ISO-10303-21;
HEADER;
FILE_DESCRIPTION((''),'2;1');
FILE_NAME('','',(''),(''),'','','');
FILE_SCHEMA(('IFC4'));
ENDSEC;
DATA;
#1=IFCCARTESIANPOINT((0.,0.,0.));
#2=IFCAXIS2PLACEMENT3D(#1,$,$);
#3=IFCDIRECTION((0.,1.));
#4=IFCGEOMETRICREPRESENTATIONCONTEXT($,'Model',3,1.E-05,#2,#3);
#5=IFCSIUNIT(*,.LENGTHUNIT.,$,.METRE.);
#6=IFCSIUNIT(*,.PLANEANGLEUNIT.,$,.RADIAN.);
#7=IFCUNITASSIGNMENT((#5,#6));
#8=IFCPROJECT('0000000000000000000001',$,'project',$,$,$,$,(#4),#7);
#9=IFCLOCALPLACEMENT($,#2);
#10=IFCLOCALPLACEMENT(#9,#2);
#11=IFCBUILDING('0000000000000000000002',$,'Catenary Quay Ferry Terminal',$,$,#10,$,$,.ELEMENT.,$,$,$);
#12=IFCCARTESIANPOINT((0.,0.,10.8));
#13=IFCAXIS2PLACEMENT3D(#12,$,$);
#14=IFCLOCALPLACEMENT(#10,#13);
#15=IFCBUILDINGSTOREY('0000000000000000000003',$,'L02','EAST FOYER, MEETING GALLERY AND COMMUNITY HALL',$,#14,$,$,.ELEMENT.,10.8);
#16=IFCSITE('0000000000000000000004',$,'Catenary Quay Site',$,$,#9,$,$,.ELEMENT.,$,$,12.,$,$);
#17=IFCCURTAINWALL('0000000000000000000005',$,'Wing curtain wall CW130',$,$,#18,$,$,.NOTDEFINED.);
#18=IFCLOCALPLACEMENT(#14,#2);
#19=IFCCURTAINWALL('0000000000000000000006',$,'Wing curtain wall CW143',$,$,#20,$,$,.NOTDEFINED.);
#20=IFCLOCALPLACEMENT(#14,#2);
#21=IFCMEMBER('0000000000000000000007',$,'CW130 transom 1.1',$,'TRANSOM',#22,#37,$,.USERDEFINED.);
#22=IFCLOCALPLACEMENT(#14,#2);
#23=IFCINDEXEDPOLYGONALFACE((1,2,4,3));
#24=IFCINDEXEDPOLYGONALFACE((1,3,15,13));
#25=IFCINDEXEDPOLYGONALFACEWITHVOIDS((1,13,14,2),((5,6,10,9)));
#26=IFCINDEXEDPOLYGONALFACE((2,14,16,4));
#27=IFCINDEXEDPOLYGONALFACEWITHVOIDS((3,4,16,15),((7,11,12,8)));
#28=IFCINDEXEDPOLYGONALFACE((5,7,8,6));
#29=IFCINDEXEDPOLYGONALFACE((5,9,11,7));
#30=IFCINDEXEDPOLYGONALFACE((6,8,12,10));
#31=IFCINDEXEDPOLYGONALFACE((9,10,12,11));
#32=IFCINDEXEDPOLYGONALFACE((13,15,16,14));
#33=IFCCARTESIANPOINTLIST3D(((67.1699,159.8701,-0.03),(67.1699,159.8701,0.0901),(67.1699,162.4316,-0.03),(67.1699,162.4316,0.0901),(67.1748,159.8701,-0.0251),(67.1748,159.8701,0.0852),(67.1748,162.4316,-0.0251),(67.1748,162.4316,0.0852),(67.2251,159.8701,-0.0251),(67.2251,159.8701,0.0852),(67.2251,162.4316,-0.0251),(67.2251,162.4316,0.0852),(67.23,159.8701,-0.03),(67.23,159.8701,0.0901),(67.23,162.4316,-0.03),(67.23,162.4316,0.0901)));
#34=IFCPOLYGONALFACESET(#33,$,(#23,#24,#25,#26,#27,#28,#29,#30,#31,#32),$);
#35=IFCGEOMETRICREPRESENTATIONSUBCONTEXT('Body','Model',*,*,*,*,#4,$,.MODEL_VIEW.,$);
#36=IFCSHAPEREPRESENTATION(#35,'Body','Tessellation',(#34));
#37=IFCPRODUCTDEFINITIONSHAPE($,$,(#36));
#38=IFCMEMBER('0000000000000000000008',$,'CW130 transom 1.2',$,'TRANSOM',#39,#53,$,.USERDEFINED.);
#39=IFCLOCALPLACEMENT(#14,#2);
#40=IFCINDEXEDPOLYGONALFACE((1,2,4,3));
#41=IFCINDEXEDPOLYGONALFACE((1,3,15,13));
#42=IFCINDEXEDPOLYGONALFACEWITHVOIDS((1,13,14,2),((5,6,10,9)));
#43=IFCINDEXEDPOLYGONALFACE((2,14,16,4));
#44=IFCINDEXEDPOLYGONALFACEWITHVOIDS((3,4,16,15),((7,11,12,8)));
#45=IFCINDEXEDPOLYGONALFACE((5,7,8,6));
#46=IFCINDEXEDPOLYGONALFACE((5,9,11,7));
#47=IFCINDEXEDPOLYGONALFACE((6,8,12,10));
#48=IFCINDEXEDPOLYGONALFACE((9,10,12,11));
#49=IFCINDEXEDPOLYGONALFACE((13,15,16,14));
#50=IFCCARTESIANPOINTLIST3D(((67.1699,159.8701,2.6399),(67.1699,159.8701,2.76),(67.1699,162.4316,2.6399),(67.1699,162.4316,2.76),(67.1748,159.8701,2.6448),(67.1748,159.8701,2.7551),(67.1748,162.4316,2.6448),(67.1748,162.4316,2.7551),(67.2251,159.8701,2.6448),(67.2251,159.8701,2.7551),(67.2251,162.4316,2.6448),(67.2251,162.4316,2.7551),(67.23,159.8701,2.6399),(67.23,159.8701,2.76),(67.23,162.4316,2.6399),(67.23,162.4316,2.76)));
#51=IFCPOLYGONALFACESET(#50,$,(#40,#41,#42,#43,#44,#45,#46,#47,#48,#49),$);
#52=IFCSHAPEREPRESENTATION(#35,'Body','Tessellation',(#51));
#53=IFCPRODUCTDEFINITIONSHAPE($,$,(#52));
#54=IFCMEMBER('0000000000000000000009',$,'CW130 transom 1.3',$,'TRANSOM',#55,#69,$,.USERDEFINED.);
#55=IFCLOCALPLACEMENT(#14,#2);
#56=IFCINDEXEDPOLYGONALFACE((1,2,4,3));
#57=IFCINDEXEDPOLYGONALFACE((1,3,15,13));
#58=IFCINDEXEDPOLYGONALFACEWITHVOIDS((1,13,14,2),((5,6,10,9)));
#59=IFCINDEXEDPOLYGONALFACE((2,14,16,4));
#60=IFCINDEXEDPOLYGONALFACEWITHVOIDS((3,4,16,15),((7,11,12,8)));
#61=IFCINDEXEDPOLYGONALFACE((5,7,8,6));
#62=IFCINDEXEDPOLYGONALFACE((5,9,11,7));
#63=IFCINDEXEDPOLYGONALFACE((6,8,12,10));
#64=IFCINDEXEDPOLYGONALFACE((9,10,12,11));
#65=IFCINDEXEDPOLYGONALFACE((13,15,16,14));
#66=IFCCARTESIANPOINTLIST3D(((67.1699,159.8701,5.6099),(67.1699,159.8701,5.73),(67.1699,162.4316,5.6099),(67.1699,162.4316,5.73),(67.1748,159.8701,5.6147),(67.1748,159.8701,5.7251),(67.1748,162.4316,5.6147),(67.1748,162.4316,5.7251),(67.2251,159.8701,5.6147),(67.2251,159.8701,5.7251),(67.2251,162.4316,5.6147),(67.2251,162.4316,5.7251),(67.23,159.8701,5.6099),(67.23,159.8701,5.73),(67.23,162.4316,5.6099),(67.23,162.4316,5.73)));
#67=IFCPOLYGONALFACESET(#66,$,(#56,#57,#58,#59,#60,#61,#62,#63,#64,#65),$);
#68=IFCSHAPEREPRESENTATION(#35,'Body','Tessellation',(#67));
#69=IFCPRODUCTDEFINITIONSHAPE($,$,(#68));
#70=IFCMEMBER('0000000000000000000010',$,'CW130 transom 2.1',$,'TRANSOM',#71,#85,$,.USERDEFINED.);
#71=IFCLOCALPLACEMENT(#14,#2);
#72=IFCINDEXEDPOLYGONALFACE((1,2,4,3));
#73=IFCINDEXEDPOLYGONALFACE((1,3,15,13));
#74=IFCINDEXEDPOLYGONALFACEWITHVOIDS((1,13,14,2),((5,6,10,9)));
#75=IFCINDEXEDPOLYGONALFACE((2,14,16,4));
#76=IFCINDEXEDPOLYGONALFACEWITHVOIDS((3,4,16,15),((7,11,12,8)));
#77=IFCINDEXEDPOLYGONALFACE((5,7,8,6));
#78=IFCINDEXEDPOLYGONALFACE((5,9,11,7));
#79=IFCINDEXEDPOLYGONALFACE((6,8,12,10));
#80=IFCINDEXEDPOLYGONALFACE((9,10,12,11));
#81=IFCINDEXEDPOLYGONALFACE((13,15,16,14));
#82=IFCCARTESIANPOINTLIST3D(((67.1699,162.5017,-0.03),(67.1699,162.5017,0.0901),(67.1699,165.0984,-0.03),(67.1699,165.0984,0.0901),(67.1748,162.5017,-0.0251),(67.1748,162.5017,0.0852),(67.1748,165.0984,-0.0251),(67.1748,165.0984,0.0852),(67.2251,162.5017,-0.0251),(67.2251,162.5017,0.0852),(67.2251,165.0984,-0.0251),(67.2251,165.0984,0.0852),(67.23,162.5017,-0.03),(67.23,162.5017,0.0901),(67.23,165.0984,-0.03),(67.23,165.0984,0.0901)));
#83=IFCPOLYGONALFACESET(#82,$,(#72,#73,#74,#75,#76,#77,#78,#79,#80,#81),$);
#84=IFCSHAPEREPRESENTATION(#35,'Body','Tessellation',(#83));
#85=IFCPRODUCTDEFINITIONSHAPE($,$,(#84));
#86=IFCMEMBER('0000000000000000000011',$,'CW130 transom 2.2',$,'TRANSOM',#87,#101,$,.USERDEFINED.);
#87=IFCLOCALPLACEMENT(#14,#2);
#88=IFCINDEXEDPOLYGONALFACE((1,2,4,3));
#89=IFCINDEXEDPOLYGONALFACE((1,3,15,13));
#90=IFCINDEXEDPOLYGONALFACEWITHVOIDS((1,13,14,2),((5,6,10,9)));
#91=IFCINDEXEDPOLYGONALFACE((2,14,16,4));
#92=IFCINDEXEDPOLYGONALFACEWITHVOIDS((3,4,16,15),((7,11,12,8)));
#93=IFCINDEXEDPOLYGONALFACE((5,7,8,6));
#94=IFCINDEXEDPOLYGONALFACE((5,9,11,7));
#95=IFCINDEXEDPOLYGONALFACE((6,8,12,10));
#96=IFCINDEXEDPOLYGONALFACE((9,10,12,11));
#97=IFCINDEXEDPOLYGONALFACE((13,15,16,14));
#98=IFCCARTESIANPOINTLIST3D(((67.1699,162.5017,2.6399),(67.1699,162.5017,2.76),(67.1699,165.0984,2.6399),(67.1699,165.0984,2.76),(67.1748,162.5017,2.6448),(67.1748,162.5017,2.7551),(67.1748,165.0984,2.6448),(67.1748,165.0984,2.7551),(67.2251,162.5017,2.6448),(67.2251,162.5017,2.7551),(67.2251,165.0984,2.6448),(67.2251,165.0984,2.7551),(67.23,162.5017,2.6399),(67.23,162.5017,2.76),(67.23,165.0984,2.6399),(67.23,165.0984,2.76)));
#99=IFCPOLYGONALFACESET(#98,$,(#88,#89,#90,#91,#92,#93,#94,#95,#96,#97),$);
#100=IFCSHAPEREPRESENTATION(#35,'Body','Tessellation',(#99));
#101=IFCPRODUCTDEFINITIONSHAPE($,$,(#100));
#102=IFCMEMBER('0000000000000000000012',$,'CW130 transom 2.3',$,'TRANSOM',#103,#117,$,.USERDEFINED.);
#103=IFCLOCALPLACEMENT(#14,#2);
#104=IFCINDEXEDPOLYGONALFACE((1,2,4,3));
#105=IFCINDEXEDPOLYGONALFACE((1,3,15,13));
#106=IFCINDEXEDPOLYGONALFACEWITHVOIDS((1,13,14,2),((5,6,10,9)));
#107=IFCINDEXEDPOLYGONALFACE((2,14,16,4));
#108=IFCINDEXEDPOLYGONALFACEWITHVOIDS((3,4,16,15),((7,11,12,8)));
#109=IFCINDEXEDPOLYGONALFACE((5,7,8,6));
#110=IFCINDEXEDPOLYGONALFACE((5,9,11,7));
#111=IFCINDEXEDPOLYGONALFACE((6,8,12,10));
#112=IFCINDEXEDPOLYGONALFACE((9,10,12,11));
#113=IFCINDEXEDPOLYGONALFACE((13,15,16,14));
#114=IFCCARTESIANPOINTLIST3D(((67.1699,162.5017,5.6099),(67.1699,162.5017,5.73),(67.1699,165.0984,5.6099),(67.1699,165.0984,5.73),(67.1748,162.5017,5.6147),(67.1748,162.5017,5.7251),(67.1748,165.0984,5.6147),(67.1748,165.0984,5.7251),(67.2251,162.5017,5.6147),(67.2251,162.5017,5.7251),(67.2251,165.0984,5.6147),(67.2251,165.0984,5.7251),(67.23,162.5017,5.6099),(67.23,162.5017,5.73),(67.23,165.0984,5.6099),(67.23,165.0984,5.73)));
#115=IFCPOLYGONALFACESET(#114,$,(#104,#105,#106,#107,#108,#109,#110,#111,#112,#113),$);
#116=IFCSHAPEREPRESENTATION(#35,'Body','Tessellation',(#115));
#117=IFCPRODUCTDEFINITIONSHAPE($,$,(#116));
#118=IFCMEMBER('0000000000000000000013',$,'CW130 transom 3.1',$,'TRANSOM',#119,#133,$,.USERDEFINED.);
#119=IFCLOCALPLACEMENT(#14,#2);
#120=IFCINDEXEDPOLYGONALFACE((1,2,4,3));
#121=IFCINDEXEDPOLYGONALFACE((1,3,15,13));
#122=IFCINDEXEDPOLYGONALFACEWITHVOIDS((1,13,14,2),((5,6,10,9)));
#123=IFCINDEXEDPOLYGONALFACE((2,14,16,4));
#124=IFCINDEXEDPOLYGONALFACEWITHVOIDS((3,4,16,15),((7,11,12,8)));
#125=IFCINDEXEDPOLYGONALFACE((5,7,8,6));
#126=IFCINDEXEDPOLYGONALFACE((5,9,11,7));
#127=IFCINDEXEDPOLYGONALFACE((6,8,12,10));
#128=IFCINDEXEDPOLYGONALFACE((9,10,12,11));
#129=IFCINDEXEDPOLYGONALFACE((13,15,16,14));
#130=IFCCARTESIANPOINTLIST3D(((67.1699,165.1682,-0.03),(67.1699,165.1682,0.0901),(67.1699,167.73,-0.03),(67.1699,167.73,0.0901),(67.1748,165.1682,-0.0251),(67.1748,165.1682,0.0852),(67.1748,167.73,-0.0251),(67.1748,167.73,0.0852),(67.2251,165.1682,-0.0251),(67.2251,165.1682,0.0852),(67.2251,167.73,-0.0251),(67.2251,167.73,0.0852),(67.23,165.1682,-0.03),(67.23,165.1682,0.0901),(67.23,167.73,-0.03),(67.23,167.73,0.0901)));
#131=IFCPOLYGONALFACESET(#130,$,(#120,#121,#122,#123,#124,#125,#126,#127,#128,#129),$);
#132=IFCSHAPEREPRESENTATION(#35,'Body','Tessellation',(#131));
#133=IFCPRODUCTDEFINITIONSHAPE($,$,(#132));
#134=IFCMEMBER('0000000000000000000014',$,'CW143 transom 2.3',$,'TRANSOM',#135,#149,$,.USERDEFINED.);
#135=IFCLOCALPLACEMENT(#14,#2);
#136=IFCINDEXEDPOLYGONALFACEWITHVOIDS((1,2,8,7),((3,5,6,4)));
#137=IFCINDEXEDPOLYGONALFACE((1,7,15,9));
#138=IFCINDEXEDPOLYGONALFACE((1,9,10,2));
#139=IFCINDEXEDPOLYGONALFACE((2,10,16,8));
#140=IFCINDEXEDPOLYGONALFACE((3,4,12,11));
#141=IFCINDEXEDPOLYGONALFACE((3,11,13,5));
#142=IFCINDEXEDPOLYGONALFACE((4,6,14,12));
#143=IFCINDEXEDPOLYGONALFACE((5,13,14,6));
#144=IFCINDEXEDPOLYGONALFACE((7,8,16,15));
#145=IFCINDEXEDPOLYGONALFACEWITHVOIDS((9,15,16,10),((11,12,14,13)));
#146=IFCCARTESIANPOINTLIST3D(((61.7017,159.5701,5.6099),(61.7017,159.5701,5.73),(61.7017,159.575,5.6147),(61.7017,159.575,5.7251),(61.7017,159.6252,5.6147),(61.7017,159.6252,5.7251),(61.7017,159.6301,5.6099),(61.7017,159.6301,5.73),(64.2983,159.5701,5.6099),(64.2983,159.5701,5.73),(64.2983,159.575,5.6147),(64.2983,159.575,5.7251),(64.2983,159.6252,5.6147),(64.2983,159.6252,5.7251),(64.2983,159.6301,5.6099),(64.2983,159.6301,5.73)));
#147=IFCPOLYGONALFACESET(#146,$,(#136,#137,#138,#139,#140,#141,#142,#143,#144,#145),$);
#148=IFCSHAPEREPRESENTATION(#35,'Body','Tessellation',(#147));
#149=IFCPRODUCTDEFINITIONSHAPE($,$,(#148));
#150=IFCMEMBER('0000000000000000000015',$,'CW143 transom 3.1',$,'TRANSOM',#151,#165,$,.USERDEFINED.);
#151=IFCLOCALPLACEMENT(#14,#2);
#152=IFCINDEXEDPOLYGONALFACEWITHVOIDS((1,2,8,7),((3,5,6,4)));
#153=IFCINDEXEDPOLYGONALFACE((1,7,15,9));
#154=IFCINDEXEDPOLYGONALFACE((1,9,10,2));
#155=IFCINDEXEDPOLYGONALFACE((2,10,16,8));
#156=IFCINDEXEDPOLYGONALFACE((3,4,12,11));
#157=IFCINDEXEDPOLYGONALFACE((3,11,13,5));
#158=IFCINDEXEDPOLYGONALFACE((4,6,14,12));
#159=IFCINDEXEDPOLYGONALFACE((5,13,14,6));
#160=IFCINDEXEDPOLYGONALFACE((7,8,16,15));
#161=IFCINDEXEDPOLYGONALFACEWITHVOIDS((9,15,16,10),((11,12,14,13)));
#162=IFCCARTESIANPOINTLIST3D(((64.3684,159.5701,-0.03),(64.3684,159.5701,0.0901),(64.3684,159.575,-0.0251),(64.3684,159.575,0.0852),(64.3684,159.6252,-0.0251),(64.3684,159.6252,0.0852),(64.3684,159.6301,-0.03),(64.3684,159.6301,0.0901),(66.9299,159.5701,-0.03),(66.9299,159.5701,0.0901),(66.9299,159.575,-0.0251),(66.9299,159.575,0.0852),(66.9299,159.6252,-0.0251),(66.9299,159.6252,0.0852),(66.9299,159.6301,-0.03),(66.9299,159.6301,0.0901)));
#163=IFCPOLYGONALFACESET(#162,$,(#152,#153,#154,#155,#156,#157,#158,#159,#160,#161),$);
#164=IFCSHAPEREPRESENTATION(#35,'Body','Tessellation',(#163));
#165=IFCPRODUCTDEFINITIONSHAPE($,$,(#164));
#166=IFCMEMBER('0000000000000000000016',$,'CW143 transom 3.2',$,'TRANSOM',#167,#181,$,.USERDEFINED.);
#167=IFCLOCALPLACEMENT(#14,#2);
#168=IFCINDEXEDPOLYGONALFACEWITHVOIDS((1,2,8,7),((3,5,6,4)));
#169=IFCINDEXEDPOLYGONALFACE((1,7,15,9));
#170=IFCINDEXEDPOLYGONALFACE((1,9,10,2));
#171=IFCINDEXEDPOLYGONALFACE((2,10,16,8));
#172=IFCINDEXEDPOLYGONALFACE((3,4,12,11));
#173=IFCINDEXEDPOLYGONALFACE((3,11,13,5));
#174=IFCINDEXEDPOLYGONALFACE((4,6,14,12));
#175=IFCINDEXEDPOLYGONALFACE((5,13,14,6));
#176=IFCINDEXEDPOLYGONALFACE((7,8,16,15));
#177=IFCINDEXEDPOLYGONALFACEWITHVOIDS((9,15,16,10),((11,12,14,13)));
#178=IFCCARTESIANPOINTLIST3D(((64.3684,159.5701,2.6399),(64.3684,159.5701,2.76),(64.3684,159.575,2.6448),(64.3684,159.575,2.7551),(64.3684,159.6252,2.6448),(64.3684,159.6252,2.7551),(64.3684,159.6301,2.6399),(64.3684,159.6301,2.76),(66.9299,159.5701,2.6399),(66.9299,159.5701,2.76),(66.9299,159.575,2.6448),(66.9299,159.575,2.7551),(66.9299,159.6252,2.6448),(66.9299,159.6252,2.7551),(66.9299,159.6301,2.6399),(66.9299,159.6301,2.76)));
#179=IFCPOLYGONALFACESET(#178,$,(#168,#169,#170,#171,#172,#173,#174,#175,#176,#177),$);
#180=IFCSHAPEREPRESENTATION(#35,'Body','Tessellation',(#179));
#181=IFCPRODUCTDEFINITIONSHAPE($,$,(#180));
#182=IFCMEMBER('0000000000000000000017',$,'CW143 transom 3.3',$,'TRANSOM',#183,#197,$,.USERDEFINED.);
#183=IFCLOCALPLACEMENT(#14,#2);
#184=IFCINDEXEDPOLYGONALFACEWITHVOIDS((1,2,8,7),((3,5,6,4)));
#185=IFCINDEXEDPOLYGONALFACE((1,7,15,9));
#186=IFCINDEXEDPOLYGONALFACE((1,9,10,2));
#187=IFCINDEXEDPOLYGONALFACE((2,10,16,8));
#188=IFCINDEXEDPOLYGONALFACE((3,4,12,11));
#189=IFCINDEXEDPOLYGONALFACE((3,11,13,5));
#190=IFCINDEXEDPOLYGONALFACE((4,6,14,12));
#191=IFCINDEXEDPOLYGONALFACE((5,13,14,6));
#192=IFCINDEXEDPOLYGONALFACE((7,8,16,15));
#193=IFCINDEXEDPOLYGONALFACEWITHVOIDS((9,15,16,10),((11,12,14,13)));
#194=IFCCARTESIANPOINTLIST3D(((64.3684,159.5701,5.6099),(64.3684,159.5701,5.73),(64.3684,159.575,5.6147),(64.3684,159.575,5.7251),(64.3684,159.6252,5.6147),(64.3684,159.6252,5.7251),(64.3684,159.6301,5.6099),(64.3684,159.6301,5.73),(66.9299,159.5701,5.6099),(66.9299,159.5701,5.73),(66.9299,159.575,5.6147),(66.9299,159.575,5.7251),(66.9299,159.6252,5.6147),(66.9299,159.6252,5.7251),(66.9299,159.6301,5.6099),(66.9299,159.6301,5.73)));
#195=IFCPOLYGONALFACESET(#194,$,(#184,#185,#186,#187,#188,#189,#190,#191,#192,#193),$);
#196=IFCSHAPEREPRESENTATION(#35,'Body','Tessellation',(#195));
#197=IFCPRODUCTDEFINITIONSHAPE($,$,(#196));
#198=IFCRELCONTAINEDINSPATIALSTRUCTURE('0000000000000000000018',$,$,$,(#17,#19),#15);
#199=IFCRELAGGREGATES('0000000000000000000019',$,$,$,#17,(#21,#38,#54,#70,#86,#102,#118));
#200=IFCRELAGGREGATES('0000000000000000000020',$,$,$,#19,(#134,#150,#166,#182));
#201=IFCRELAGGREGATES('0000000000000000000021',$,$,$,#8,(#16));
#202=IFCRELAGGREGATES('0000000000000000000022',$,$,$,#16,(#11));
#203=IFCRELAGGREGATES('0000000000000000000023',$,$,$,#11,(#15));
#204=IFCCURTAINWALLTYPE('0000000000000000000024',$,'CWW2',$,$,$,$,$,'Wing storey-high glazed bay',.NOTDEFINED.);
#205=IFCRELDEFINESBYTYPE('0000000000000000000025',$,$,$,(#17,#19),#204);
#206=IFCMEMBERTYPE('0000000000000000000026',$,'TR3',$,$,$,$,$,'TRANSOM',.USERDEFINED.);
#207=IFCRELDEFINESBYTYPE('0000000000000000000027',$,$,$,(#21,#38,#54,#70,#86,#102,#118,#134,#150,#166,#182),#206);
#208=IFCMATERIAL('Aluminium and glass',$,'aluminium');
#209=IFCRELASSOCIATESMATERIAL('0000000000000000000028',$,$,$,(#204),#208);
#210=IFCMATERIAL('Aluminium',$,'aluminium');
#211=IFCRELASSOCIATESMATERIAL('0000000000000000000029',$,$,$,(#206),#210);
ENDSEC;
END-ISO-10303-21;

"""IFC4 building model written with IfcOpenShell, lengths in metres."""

from ifc_helpers import new_model, si_unit, direction, frame, origin, origin_2d, place, context, subcontext, project, spatial, hollow_rectangle, extrude, material, material_profile, profile_set, type_object, element, aggregate, save


model = new_model("IFC4")

# Units and contexts
model_context = context("Model", 3, precision=1e-05, world=origin(), true_north=direction((0.0, 1.0)))
body_context = subcontext(model_context, "Body", "Model", "MODEL_VIEW")
ifc_project = project(units=[si_unit("LENGTHUNIT", "METRE"), si_unit("PLANEANGLEUNIT", "RADIAN")], contexts=[model_context])

# Site, building, storey
site_placement = place(None, origin())
site = spatial("IfcSite", under=ifc_project, at=site_placement, Name="Catenary Quay Site", CompositionType="ELEMENT", RefElevation=12.0)
building_placement = place(site_placement, origin())
building = spatial("IfcBuilding", under=site, at=building_placement, Name="Catenary Quay Ferry Terminal", CompositionType="ELEMENT")
storey_placement = place(building_placement, frame((0.0, 0.0, 10.8)))
storey = spatial("IfcBuildingStorey", under=building, at=storey_placement, Name="L02", Description="EAST FOYER, MEETING GALLERY AND COMMUNITY HALL", CompositionType="ELEMENT", Elevation=10.8)

# Curtain walls
ifc_material_1 = material(Name="Aluminium and glass", Category="aluminium")
curtain_wall_type = type_object("IfcCurtainWallType", Name="CWW2", ElementType="Wing storey-high glazed bay", PredefinedType="NOTDEFINED", material=ifc_material_1)
curtain_wall_1_placement = place(storey_placement, origin())
curtain_wall_1 = element("IfcCurtainWall", 1, at=curtain_wall_1_placement, inside=storey, type_object=curtain_wall_type, Name="Wing curtain wall CW130", PredefinedType="NOTDEFINED")
curtain_wall_2_placement = place(storey_placement, origin())
curtain_wall_2 = element("IfcCurtainWall", 2, at=curtain_wall_2_placement, inside=storey, type_object=curtain_wall_type, Name="Wing curtain wall CW143", PredefinedType="NOTDEFINED")

# Members
ifc_material_2 = material(Name="Aluminium", Category="aluminium")
ifc_material_profile_1 = material_profile(ifc_material_2, hollow_rectangle(XDim=0.0601, YDim=0.1201, WallThickness=0.0049, at=origin_2d()), Name="TR3")
ifc_profile_set_1 = profile_set([ifc_material_profile_1], Name="Aluminium")
member_type_1 = type_object("IfcMemberType", Name="TR3", ElementType="TRANSOM", PredefinedType="USERDEFINED", material=ifc_profile_set_1)
member_1_placement = place(storey_placement, frame((67.2, 159.8701, 0.03), z_axis=(0.0, 1.0, 0.0), x_axis=(-1.0, 0.0, 0.0)))
member_1 = element("IfcMember", 3, at=member_1_placement, type_object=member_type_1, Name="CW130 transom 1.1", ObjectType="TRANSOM", PredefinedType="USERDEFINED", context=body_context, shape_type="SweptSolid", body=[
    extrude(hollow_rectangle(XDim=0.0601, YDim=0.1201, WallThickness=0.0049, at=origin_2d()), origin(), (0.0, 0.0, 1.0), 2.5615),
])
member_2_placement = place(storey_placement, frame((67.2, 159.8701, 2.7), z_axis=(0.0, 1.0, 0.0), x_axis=(-1.0, 0.0, 0.0)))
member_2 = element("IfcMember", 4, at=member_2_placement, type_object=member_type_1, Name="CW130 transom 1.2", ObjectType="TRANSOM", PredefinedType="USERDEFINED", context=body_context, shape_type="SweptSolid", body=[
    extrude(hollow_rectangle(XDim=0.0601, YDim=0.1201, WallThickness=0.0049, at=origin_2d()), origin(), (0.0, 0.0, 1.0), 2.5615),
])
member_3_placement = place(storey_placement, frame((67.2, 159.8701, 5.6699), z_axis=(0.0, 1.0, 0.0), x_axis=(-1.0, 0.0, 0.0)))
member_3 = element("IfcMember", 5, at=member_3_placement, type_object=member_type_1, Name="CW130 transom 1.3", ObjectType="TRANSOM", PredefinedType="USERDEFINED", context=body_context, shape_type="SweptSolid", body=[
    extrude(hollow_rectangle(XDim=0.0601, YDim=0.1201, WallThickness=0.0049, at=origin_2d()), origin(), (0.0, 0.0, 1.0), 2.5615),
])
member_4_placement = place(storey_placement, frame((67.2, 162.5017, 0.03), z_axis=(0.0, 1.0, 0.0), x_axis=(-1.0, 0.0, 0.0)))
member_4 = element("IfcMember", 6, at=member_4_placement, type_object=member_type_1, Name="CW130 transom 2.1", ObjectType="TRANSOM", PredefinedType="USERDEFINED", context=body_context, shape_type="SweptSolid", body=[
    extrude(hollow_rectangle(XDim=0.0601, YDim=0.1201, WallThickness=0.0049, at=origin_2d()), origin(), (0.0, 0.0, 1.0), 2.5967),
])
member_5_placement = place(storey_placement, frame((67.2, 162.5017, 2.7), z_axis=(0.0, 1.0, 0.0), x_axis=(-1.0, 0.0, 0.0)))
member_5 = element("IfcMember", 7, at=member_5_placement, type_object=member_type_1, Name="CW130 transom 2.2", ObjectType="TRANSOM", PredefinedType="USERDEFINED", context=body_context, shape_type="SweptSolid", body=[
    extrude(hollow_rectangle(XDim=0.0601, YDim=0.1201, WallThickness=0.0049, at=origin_2d()), origin(), (0.0, 0.0, 1.0), 2.5967),
])
member_6_placement = place(storey_placement, frame((67.2, 162.5017, 5.6699), z_axis=(0.0, 1.0, 0.0), x_axis=(-1.0, 0.0, 0.0)))
member_6 = element("IfcMember", 8, at=member_6_placement, type_object=member_type_1, Name="CW130 transom 2.3", ObjectType="TRANSOM", PredefinedType="USERDEFINED", context=body_context, shape_type="SweptSolid", body=[
    extrude(hollow_rectangle(XDim=0.0601, YDim=0.1201, WallThickness=0.0049, at=origin_2d()), origin(), (0.0, 0.0, 1.0), 2.5967),
])
member_7_placement = place(storey_placement, frame((67.2, 165.1682, 0.03), z_axis=(0.0, 1.0, 0.0), x_axis=(-1.0, 0.0, 0.0)))
member_7 = element("IfcMember", 9, at=member_7_placement, type_object=member_type_1, Name="CW130 transom 3.1", ObjectType="TRANSOM", PredefinedType="USERDEFINED", context=body_context, shape_type="SweptSolid", body=[
    extrude(hollow_rectangle(XDim=0.0601, YDim=0.1201, WallThickness=0.0049, at=origin_2d()), origin(), (0.0, 0.0, 1.0), 2.5618),
])
member_8_placement = place(storey_placement, frame((61.7017, 159.6001, 5.6699), z_axis=(1.0, 0.0, 0.0), x_axis=(0.0, 1.0, 0.0)))
member_8 = element("IfcMember", 10, at=member_8_placement, type_object=member_type_1, Name="CW143 transom 2.3", ObjectType="TRANSOM", PredefinedType="USERDEFINED", context=body_context, shape_type="SweptSolid", body=[
    extrude(hollow_rectangle(XDim=0.0601, YDim=0.1201, WallThickness=0.0049, at=origin_2d()), origin(), (0.0, 0.0, 1.0), 2.5967),
])
member_9_placement = place(storey_placement, frame((64.3684, 159.6001, 0.03), z_axis=(1.0, 0.0, 0.0), x_axis=(0.0, 1.0, 0.0)))
member_9 = element("IfcMember", 11, at=member_9_placement, type_object=member_type_1, Name="CW143 transom 3.1", ObjectType="TRANSOM", PredefinedType="USERDEFINED", context=body_context, shape_type="SweptSolid", body=[
    extrude(hollow_rectangle(XDim=0.0601, YDim=0.1201, WallThickness=0.0049, at=origin_2d()), origin(), (0.0, 0.0, 1.0), 2.5615),
])
member_10_placement = place(storey_placement, frame((64.3684, 159.6001, 2.7), z_axis=(1.0, 0.0, 0.0), x_axis=(0.0, 1.0, 0.0)))
member_10 = element("IfcMember", 12, at=member_10_placement, type_object=member_type_1, Name="CW143 transom 3.2", ObjectType="TRANSOM", PredefinedType="USERDEFINED", context=body_context, shape_type="SweptSolid", body=[
    extrude(hollow_rectangle(XDim=0.0601, YDim=0.1201, WallThickness=0.0049, at=origin_2d()), origin(), (0.0, 0.0, 1.0), 2.5615),
])
member_11_placement = place(storey_placement, frame((64.3684, 159.6001, 5.6699), z_axis=(1.0, 0.0, 0.0), x_axis=(0.0, 1.0, 0.0)))
member_11 = element("IfcMember", 13, at=member_11_placement, type_object=member_type_1, Name="CW143 transom 3.3", ObjectType="TRANSOM", PredefinedType="USERDEFINED", context=body_context, shape_type="SweptSolid", body=[
    extrude(hollow_rectangle(XDim=0.0601, YDim=0.1201, WallThickness=0.0049, at=origin_2d()), origin(), (0.0, 0.0, 1.0), 2.5615),
])

aggregate(curtain_wall_1, [member_1, member_2, member_3, member_4, member_5, member_6, member_7])
aggregate(curtain_wall_2, [member_8, member_9, member_10, member_11])

save(model, "model.ifc")
